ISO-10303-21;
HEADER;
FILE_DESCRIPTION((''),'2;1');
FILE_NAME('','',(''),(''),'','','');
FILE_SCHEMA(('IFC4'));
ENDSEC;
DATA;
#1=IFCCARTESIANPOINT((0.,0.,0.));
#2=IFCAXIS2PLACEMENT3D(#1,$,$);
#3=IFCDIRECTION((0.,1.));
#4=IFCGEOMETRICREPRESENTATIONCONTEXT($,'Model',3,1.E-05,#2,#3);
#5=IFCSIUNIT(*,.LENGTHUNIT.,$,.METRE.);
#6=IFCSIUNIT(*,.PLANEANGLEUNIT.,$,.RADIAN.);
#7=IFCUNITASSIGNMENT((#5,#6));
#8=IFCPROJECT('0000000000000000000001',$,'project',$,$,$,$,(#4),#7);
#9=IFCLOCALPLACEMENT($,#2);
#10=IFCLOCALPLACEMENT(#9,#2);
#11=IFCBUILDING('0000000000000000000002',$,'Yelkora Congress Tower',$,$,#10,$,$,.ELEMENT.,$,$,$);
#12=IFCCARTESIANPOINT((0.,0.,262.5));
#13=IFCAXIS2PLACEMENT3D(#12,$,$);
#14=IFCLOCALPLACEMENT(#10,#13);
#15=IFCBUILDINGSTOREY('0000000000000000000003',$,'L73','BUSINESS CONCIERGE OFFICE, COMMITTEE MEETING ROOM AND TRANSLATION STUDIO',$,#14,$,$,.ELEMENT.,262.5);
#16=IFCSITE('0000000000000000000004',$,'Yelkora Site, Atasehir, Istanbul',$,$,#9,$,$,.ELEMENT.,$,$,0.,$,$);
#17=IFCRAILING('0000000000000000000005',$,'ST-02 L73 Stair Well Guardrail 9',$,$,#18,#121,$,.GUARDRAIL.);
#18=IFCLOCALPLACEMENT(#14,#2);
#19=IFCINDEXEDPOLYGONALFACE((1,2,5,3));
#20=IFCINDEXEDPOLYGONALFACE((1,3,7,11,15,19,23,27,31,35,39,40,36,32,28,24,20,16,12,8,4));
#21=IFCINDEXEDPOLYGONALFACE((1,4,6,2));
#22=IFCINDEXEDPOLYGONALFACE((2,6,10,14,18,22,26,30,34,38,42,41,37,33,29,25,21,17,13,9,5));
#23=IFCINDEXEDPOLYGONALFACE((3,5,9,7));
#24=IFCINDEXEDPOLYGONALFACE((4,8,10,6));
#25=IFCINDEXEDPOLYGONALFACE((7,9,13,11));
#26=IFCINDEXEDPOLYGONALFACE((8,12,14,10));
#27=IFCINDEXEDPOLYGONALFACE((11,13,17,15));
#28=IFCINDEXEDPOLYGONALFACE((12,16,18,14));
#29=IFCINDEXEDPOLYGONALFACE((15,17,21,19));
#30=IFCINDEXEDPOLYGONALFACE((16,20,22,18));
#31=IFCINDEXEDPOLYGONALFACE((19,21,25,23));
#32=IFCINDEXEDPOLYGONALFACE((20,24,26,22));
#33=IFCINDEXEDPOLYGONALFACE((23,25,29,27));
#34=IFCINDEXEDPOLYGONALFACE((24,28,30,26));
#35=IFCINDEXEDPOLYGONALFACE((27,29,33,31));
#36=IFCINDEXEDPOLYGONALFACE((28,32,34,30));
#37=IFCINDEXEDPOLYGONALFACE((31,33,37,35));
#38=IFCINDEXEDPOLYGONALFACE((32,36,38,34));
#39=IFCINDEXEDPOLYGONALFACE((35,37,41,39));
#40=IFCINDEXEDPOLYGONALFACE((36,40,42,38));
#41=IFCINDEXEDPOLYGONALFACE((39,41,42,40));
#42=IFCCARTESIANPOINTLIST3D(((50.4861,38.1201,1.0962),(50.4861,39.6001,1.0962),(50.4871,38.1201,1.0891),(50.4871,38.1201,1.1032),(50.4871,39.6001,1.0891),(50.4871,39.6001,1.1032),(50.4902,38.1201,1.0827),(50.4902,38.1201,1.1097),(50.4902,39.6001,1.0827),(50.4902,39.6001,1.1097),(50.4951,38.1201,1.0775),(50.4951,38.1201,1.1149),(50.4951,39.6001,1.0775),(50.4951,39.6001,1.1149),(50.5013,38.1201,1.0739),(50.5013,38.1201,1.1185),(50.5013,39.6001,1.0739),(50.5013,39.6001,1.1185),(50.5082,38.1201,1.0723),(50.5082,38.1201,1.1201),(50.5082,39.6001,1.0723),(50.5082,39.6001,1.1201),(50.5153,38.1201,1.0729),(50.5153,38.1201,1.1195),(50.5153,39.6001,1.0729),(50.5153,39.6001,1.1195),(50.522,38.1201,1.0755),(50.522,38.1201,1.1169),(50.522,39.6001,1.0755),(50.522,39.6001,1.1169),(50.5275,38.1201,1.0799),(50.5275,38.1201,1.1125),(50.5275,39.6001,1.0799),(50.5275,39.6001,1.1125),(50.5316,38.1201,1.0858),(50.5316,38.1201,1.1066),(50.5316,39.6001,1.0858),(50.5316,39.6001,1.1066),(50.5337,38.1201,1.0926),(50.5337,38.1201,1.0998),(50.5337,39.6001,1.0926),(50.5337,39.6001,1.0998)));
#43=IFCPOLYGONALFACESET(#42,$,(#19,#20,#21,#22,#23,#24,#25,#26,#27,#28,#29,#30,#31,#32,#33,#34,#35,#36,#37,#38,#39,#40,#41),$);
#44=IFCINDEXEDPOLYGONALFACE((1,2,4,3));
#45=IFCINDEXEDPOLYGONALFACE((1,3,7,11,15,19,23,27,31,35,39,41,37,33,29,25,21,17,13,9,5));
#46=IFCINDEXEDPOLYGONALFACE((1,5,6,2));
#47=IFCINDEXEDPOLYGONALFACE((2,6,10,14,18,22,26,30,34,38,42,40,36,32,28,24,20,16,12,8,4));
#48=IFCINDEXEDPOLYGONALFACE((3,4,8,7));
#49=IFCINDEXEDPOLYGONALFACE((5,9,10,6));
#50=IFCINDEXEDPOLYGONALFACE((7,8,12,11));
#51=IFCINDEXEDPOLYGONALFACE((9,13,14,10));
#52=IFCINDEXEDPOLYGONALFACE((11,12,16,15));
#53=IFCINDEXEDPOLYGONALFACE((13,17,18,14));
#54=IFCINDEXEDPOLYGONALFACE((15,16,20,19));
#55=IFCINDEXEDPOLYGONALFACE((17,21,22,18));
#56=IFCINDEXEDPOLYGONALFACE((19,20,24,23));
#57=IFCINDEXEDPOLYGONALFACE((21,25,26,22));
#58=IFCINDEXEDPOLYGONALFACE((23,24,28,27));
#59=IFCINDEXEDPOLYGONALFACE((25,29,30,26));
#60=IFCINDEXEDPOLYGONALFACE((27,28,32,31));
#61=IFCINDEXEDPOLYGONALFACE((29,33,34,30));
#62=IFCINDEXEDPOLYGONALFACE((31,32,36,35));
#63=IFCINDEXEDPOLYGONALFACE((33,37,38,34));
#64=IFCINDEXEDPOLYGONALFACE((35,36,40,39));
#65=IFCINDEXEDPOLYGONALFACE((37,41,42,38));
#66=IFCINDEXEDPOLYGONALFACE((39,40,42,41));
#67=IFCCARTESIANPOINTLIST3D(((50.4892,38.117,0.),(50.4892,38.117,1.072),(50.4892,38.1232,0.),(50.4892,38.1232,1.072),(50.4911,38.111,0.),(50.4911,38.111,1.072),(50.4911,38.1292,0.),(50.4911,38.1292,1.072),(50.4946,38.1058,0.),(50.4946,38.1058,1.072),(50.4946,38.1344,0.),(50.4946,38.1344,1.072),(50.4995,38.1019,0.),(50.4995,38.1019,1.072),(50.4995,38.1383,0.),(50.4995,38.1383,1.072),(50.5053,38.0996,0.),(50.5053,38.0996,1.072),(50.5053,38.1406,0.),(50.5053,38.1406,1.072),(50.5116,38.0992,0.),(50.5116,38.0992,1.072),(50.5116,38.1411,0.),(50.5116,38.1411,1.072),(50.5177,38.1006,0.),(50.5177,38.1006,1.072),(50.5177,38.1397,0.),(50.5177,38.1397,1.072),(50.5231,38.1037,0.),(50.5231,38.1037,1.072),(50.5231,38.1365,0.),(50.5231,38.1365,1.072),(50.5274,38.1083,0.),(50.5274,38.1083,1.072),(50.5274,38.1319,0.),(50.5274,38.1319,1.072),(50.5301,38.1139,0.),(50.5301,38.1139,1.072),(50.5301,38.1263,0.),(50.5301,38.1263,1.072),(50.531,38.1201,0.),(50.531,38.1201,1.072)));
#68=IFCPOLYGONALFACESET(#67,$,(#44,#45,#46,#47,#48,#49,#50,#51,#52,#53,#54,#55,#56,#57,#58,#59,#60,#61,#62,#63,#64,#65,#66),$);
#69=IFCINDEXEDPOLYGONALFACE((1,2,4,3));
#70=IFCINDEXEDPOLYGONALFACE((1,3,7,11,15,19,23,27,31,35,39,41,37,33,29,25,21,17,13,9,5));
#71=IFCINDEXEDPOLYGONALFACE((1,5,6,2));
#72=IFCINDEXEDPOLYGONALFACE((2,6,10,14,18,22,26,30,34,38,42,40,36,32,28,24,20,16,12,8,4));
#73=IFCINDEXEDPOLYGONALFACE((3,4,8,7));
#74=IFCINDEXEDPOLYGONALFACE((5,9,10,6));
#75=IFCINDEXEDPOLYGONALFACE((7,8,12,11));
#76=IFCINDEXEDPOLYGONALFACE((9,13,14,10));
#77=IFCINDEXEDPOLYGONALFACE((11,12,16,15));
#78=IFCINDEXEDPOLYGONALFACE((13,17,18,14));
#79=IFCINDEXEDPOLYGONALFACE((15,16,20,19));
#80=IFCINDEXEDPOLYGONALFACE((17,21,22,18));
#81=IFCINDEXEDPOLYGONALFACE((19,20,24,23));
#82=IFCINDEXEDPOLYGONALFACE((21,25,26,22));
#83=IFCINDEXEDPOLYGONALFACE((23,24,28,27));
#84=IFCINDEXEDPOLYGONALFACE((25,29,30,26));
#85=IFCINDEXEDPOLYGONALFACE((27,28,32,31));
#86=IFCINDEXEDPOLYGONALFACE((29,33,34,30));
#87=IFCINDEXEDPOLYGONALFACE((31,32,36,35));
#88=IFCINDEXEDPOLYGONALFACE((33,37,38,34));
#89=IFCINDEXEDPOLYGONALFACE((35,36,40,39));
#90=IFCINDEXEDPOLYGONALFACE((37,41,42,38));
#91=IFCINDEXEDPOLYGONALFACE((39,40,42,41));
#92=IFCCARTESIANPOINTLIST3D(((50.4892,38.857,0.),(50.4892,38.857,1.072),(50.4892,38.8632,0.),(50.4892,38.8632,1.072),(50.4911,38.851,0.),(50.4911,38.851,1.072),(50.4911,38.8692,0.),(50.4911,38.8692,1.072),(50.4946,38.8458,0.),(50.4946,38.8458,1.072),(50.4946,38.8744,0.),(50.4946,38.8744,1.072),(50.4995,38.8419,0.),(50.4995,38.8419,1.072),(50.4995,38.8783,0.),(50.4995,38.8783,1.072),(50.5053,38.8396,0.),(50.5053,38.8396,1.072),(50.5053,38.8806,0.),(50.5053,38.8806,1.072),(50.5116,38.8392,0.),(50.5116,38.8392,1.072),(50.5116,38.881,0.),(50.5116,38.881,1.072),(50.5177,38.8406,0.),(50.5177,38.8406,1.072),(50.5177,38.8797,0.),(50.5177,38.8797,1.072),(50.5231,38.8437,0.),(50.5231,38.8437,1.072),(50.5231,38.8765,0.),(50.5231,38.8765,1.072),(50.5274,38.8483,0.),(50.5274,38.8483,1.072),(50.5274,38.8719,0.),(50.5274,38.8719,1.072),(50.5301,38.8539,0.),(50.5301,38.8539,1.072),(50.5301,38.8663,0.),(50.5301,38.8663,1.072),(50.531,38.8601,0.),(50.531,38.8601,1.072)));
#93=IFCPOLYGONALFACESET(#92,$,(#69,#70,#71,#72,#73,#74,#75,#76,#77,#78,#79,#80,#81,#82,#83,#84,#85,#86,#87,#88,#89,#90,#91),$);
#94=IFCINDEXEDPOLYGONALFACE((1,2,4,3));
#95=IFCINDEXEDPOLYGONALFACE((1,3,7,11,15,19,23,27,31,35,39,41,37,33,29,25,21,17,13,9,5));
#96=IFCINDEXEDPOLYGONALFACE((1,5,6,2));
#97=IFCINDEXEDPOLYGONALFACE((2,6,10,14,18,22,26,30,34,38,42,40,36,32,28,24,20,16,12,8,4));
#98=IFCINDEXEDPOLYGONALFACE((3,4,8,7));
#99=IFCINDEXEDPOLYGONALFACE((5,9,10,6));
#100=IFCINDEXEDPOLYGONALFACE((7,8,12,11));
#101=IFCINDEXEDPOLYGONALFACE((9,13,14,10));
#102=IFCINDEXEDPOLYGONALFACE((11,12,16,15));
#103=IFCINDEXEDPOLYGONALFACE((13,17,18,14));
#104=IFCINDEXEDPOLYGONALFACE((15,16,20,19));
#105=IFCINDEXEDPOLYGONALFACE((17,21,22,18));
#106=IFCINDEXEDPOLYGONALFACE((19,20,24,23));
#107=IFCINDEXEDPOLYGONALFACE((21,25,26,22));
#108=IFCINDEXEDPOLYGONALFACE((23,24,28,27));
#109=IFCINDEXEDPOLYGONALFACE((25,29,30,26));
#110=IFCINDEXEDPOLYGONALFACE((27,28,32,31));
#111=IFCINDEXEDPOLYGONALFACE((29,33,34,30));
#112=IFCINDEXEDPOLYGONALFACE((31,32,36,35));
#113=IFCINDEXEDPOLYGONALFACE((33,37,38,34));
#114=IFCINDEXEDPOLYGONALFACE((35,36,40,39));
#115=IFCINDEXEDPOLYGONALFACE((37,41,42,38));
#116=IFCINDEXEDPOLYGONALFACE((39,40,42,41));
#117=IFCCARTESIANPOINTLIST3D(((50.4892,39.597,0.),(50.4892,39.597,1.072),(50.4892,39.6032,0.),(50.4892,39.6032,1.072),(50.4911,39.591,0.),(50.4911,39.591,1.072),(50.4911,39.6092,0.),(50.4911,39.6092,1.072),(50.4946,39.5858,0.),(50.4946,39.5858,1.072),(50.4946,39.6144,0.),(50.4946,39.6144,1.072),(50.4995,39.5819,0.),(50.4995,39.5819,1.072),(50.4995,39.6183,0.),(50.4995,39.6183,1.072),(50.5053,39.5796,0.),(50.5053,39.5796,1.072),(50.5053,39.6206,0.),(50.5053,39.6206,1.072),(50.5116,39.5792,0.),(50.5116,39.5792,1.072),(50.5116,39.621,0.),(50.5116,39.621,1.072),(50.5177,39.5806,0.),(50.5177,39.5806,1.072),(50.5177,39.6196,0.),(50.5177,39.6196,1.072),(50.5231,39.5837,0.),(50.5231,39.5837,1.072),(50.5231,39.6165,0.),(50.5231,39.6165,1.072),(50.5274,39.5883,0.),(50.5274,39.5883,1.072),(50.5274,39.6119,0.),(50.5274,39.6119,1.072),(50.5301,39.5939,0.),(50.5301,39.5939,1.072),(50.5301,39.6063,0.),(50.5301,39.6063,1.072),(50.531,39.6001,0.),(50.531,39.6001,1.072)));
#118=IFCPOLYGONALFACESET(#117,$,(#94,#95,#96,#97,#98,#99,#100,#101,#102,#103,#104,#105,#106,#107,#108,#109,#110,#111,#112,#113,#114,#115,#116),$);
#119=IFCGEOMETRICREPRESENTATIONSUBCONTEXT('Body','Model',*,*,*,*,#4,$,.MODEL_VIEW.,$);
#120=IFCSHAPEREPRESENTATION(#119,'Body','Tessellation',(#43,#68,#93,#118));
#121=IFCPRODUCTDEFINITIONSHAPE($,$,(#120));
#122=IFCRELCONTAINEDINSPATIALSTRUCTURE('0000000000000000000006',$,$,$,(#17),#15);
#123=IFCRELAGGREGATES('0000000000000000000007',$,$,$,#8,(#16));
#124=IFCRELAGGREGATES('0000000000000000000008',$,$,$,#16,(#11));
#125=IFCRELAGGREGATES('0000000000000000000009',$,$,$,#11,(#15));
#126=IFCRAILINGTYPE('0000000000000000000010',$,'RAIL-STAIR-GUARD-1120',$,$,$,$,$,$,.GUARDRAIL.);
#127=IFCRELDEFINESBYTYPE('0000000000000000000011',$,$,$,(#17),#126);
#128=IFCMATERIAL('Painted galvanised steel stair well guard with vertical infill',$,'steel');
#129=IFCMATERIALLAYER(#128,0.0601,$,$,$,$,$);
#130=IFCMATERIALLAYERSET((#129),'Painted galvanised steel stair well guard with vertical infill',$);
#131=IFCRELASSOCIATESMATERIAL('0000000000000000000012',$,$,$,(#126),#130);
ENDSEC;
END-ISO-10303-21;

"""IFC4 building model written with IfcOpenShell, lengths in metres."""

from ifc_helpers import new_model, si_unit, direction, frame, origin, origin_2d, place, context, subcontext, project, spatial, circle, extrude, material, layer, layer_set, type_object, element, save


model = new_model("IFC4")

# Units and contexts
model_context = context("Model", 3, precision=1e-05, world=origin(), true_north=direction((0.0, 1.0)))
body_context = subcontext(model_context, "Body", "Model", "MODEL_VIEW")
ifc_project = project(units=[si_unit("LENGTHUNIT", "METRE"), si_unit("PLANEANGLEUNIT", "RADIAN")], contexts=[model_context])

# Site, building, storey
site_placement = place(None, origin())
site = spatial("IfcSite", under=ifc_project, at=site_placement, Name="Yelkora Site, Atasehir, Istanbul", CompositionType="ELEMENT", RefElevation=0.0)
building_placement = place(site_placement, origin())
building = spatial("IfcBuilding", under=site, at=building_placement, Name="Yelkora Congress Tower", CompositionType="ELEMENT")
storey_placement = place(building_placement, frame((0.0, 0.0, 262.5)))
storey = spatial("IfcBuildingStorey", under=building, at=storey_placement, Name="L73", Description="BUSINESS CONCIERGE OFFICE, COMMITTEE MEETING ROOM AND TRANSLATION STUDIO", CompositionType="ELEMENT", Elevation=262.5)

# Railing
ifc_material_1 = material(Name="Painted galvanised steel stair well guard with vertical infill", Category="steel")
ifc_layer_1 = layer(ifc_material_1, 0.0601)
ifc_layer_set_1 = layer_set([ifc_layer_1], Name="Painted galvanised steel stair well guard with vertical infill")
railing_type_1 = type_object("IfcRailingType", Name="RAIL-STAIR-GUARD-1120", PredefinedType="GUARDRAIL", material=ifc_layer_set_1)
for number, where, name in (
    (1, (50.51, 38.1201, 0.0), "ST-02 L73 Stair Well Guardrail 9"),
):
    element("IfcRailing", number, at=place(storey_placement, frame(where)), inside=storey, type_object=railing_type_1, Name=name, PredefinedType="GUARDRAIL", context=body_context, shape_type="SweptSolid", body=[
        extrude(circle(Radius=0.0239, at=origin_2d()), frame((0.0, 0.0, 1.0962), z_axis=(0.0, 1.0, 0.0), x_axis=(-1.0, 0.0, 0.0)), (0.0, 0.0, 1.0), 1.48),
        extrude(circle(Radius=0.021, at=origin_2d()), origin(), (0.0, 0.0, 1.0), 1.072),
        extrude(circle(Radius=0.021, at=origin_2d()), frame((0.0, 0.74, 0.0)), (0.0, 0.0, 1.0), 1.072),
        extrude(circle(Radius=0.021, at=origin_2d()), frame((0.0, 1.48, 0.0)), (0.0, 0.0, 1.0), 1.072),
    ])

save(model, "model.ifc")
